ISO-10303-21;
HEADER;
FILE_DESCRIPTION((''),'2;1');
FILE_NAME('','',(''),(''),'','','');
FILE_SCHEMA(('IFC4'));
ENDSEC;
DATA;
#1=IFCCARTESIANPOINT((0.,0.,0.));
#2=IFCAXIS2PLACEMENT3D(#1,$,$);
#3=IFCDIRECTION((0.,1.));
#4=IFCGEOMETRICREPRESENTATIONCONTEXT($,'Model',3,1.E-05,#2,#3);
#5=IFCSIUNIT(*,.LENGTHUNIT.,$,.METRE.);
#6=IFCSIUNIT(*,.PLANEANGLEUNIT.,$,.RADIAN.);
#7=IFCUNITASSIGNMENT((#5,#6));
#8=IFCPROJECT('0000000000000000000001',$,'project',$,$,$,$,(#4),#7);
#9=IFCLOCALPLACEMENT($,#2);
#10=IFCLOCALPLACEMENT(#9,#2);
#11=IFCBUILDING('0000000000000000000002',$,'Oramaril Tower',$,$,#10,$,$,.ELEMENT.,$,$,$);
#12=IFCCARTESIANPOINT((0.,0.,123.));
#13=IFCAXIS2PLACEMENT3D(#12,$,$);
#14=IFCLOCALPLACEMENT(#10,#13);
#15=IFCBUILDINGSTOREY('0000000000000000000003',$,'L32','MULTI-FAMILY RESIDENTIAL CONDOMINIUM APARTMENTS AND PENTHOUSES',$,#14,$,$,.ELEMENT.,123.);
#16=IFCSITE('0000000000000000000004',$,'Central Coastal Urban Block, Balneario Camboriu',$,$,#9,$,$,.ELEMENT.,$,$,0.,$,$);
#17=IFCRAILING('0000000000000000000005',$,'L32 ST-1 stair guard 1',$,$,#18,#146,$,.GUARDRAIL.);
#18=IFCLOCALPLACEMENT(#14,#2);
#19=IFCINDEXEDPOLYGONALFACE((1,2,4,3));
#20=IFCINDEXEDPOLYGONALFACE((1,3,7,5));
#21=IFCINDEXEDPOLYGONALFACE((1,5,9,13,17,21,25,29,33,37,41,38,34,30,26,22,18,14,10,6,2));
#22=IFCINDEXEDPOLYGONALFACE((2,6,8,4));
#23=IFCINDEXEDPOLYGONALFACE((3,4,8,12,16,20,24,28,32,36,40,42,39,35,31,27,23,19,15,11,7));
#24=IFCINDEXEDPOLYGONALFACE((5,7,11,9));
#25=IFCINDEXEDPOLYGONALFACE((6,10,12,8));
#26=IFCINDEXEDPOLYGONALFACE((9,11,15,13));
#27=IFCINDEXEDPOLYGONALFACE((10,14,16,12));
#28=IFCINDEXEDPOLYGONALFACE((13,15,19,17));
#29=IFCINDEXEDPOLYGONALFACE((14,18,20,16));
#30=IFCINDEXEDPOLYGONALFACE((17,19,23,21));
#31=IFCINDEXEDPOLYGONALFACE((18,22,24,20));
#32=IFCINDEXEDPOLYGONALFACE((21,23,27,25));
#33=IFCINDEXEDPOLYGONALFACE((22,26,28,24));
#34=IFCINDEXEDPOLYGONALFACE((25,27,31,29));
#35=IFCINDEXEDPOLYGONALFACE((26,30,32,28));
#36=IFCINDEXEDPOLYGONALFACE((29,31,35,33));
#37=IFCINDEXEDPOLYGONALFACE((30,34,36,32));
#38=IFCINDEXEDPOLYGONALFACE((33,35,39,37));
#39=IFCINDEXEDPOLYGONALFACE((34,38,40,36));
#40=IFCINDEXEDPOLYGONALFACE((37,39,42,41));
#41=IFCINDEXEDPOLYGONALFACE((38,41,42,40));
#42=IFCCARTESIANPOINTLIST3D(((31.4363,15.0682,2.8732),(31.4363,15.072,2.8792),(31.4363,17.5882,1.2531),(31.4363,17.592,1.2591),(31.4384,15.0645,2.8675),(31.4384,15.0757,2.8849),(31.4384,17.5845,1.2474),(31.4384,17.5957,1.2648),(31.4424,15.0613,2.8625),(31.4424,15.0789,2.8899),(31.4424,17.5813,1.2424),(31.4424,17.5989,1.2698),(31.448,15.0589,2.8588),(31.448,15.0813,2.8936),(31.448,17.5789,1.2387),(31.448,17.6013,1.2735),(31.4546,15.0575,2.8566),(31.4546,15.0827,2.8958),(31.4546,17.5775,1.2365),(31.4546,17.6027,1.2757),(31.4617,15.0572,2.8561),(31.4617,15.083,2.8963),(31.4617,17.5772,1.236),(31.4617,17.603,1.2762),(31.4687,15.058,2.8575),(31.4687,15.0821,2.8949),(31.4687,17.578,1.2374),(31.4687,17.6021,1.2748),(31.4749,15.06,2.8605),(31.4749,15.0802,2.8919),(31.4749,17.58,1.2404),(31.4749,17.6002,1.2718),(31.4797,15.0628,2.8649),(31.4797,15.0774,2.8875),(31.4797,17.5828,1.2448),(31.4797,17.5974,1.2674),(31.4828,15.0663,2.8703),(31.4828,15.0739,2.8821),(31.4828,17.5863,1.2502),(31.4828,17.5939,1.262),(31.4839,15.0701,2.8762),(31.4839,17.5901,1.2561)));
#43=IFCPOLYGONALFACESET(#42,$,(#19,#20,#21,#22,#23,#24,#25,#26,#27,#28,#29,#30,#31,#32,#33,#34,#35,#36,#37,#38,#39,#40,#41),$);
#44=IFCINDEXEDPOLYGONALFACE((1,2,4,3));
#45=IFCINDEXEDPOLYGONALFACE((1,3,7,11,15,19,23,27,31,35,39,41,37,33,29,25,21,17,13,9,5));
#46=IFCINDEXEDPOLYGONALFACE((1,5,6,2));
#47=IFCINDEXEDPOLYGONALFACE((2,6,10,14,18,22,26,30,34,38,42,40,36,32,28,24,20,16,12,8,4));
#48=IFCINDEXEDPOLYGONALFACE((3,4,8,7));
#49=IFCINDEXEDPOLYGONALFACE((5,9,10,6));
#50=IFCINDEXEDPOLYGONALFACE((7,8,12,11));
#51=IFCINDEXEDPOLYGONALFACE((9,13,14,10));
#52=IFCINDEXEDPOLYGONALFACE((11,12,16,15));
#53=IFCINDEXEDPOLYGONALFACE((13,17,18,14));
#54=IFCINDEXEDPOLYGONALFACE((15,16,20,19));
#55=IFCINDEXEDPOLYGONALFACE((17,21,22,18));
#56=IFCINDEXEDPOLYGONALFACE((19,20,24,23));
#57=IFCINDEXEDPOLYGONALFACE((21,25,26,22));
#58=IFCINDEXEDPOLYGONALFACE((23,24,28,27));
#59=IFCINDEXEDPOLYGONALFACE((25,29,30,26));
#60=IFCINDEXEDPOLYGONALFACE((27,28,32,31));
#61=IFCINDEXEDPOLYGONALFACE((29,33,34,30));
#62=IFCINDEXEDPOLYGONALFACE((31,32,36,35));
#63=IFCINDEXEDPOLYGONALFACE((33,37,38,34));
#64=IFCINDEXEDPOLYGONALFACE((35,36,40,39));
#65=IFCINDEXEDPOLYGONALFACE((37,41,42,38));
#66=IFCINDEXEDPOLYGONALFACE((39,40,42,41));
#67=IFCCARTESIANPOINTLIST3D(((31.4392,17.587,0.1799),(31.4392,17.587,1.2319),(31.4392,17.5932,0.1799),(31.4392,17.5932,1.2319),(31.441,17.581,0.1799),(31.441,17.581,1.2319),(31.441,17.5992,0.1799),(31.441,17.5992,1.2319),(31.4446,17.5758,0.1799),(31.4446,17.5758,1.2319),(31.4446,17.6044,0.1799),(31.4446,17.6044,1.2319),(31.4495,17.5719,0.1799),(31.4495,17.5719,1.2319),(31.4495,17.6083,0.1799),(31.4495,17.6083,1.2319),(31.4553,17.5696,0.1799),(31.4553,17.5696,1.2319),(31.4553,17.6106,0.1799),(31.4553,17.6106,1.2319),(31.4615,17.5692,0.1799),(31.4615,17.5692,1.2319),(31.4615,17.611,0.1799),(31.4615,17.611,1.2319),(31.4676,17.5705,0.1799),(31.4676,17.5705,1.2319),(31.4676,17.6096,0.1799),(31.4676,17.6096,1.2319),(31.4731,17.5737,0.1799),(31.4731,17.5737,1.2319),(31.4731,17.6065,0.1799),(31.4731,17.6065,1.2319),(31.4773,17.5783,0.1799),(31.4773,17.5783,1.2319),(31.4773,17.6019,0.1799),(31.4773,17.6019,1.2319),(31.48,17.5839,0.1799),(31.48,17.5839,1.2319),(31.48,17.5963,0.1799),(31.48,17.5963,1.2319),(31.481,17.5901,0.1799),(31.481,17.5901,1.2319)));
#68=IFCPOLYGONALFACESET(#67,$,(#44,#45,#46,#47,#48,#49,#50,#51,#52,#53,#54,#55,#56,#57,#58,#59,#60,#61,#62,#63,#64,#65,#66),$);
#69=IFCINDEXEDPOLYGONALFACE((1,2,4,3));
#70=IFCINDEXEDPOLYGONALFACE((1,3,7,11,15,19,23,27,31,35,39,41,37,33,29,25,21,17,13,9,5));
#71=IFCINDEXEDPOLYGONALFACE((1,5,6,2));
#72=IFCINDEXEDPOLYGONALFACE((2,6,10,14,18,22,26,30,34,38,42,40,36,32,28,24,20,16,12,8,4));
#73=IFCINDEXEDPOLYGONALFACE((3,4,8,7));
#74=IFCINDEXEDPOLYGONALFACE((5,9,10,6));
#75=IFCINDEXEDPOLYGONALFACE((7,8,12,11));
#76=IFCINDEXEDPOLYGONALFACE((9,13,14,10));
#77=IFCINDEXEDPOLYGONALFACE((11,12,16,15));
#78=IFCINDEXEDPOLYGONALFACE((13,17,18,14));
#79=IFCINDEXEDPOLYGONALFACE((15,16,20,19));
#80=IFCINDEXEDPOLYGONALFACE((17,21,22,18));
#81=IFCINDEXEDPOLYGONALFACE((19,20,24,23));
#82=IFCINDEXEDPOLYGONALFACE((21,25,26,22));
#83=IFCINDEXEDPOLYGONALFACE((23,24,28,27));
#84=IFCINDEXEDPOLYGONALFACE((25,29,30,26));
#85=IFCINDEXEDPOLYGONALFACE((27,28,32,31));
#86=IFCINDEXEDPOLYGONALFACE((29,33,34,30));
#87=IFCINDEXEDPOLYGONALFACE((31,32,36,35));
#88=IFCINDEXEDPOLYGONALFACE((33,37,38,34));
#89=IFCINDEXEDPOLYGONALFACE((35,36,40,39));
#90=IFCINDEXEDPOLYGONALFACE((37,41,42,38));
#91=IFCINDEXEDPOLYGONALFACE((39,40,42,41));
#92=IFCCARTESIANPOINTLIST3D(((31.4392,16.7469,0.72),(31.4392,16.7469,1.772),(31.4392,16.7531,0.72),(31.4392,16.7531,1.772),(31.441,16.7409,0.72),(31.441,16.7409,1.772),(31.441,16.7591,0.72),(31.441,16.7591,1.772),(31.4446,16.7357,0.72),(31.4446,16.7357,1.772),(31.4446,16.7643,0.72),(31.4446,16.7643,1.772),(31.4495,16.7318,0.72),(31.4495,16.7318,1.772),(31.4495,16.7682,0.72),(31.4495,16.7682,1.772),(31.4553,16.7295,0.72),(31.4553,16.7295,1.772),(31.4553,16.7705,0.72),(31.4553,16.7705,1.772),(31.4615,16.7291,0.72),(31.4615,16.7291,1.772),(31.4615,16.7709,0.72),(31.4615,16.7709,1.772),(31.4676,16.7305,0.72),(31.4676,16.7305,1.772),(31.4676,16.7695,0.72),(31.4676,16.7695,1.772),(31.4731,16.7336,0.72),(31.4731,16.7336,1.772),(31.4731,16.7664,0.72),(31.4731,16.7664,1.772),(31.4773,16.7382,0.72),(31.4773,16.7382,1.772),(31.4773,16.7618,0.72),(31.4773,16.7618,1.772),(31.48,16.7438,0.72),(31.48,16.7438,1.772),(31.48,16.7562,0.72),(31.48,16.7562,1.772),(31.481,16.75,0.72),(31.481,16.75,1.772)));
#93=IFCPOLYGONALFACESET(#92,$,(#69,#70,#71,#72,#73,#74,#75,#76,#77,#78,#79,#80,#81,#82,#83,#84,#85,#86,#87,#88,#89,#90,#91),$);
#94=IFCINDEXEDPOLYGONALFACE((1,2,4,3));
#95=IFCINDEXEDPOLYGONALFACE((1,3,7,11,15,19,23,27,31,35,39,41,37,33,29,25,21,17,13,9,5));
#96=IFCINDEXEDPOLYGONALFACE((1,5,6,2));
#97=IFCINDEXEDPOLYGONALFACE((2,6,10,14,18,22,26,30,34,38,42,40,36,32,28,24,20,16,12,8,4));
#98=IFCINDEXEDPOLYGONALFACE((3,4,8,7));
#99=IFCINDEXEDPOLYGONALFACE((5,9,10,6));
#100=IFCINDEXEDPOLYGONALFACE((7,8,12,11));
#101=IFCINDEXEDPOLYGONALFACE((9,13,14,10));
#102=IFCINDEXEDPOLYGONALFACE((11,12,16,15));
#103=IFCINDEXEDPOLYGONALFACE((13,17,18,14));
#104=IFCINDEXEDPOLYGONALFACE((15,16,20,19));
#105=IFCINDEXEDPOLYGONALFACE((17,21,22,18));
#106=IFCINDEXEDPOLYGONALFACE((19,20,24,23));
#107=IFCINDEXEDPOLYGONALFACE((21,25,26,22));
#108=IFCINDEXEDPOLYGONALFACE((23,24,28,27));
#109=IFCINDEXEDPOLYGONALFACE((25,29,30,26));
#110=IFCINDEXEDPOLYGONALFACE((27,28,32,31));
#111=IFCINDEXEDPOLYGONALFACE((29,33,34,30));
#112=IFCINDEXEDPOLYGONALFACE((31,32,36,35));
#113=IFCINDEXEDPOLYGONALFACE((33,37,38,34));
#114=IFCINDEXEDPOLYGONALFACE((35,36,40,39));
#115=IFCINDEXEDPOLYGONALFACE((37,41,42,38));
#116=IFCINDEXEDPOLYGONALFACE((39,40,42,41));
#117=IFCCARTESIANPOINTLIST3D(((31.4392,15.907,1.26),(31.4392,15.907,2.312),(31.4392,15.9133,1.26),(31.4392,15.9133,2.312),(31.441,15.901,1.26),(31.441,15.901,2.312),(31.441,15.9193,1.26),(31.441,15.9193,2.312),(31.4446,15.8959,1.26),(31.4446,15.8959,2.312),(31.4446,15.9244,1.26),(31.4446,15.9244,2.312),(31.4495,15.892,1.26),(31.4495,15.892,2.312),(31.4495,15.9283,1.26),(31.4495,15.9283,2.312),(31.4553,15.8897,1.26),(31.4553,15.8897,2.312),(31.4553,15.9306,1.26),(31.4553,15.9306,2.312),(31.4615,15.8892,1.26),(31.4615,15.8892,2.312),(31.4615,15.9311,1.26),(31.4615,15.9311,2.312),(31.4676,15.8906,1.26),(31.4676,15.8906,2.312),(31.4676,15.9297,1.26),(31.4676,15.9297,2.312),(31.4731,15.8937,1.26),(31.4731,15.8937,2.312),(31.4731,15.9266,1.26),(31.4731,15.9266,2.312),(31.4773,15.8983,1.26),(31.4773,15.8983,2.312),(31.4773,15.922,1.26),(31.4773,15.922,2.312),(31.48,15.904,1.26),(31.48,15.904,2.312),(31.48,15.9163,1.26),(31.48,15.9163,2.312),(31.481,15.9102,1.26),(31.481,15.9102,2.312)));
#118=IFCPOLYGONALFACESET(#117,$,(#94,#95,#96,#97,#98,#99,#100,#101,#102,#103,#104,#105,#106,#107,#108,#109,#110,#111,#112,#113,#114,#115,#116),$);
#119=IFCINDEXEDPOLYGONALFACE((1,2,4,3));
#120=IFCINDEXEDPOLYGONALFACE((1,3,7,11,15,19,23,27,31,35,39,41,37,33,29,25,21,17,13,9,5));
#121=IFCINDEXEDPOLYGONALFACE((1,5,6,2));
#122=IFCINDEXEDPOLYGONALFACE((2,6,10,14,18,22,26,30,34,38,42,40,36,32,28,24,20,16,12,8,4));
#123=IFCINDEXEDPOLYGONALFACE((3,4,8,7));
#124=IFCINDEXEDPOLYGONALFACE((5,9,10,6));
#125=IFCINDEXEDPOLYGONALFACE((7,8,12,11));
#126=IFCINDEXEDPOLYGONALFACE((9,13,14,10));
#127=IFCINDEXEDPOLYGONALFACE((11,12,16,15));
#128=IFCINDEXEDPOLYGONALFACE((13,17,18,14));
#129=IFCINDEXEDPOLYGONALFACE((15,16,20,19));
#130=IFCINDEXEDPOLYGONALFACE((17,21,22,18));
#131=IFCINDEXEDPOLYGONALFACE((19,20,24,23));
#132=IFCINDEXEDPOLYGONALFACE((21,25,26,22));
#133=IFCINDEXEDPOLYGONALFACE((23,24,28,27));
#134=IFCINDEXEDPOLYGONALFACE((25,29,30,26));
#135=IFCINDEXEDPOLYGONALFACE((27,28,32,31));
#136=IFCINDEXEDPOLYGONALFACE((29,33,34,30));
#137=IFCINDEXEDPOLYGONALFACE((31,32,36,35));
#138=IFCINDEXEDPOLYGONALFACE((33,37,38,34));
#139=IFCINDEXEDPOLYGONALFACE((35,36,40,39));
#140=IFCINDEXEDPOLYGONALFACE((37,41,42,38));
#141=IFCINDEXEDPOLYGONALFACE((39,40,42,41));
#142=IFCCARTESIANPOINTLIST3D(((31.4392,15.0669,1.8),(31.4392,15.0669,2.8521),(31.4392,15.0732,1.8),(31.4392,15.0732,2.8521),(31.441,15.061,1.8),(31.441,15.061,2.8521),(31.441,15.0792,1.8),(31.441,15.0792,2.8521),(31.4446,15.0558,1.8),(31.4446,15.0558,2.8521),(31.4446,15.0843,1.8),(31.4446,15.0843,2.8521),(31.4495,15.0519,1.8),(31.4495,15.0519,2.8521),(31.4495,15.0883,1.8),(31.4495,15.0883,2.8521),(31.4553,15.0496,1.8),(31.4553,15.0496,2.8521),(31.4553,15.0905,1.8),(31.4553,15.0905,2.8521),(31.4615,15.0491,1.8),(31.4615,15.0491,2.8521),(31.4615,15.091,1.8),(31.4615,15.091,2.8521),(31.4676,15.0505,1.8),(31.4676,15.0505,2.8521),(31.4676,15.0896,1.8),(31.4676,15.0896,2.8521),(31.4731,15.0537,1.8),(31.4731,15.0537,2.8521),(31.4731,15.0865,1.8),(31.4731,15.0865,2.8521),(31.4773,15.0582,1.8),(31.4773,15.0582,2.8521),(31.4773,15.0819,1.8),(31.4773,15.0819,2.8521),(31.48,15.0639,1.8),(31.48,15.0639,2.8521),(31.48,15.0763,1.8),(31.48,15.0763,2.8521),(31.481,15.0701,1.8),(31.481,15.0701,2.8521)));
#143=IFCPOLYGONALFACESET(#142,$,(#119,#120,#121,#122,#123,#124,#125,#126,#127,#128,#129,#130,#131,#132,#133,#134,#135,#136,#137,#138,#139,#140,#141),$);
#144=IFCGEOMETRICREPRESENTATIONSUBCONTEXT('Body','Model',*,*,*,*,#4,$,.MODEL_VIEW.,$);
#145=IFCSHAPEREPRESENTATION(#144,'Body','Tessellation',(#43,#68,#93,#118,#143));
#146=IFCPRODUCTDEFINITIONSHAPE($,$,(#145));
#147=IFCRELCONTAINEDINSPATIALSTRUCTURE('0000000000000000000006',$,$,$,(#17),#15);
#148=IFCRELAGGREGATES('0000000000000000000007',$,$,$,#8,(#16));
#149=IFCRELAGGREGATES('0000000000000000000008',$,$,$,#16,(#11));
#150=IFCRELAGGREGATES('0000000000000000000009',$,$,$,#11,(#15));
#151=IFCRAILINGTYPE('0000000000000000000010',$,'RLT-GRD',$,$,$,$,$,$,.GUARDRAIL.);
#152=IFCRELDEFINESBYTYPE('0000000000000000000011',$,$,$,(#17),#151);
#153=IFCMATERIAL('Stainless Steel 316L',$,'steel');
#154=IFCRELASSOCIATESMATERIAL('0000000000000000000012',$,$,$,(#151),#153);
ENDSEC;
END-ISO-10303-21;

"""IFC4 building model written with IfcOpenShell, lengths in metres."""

from ifc_helpers import new_model, si_unit, direction, frame, origin, origin_2d, place, context, subcontext, project, spatial, circle, extrude, material, type_object, element, save


model = new_model("IFC4")

# Units and contexts
model_context = context("Model", 3, precision=1e-05, world=origin(), true_north=direction((0.0, 1.0)))
body_context = subcontext(model_context, "Body", "Model", "MODEL_VIEW")
ifc_project = project(units=[si_unit("LENGTHUNIT", "METRE"), si_unit("PLANEANGLEUNIT", "RADIAN")], contexts=[model_context])

# Site, building, storey
site_placement = place(None, origin())
site = spatial("IfcSite", under=ifc_project, at=site_placement, Name="Central Coastal Urban Block, Balneario Camboriu", CompositionType="ELEMENT", RefElevation=0.0)
building_placement = place(site_placement, origin())
building = spatial("IfcBuilding", under=site, at=building_placement, Name="Oramaril Tower", CompositionType="ELEMENT")
storey_placement = place(building_placement, frame((0.0, 0.0, 123.0)))
storey = spatial("IfcBuildingStorey", under=building, at=storey_placement, Name="L32", Description="MULTI-FAMILY RESIDENTIAL CONDOMINIUM APARTMENTS AND PENTHOUSES", CompositionType="ELEMENT", Elevation=123.0)

# Railing
ifc_material_1 = material(Name="Stainless Steel 316L", Category="steel")
railing_type_1 = type_object("IfcRailingType", Name="RLT-GRD", PredefinedType="GUARDRAIL", material=ifc_material_1)
railing_1_placement = place(storey_placement, frame((31.46, 17.5901, 0.1799)))
element("IfcRailing", 1, at=railing_1_placement, inside=storey, type_object=railing_type_1, Name="L32 ST-1 stair guard 1", PredefinedType="GUARDRAIL", context=body_context, shape_type="SweptSolid", body=[
    extrude(circle(Radius=0.0239, at=origin_2d()), frame((0.0, 0.0, 1.0762), z_axis=(0.0, -0.841163, 0.540782), x_axis=(1.0, 0.0, 0.0)), (0.0, 0.0, 1.0), 2.9958),
    extrude(circle(Radius=0.021, at=origin_2d()), origin(), (0.0, 0.0, 1.0), 1.052),
    extrude(circle(Radius=0.021, at=origin_2d()), frame((0.0, -0.8401, 0.54)), (0.0, 0.0, 1.0), 1.052),
    extrude(circle(Radius=0.021, at=origin_2d()), frame((0.0, -1.6799, 1.0801)), (0.0, 0.0, 1.0), 1.052),
    extrude(circle(Radius=0.021, at=origin_2d()), frame((0.0, -2.52, 1.6201)), (0.0, 0.0, 1.0), 1.052),
])

save(model, "model.ifc")
